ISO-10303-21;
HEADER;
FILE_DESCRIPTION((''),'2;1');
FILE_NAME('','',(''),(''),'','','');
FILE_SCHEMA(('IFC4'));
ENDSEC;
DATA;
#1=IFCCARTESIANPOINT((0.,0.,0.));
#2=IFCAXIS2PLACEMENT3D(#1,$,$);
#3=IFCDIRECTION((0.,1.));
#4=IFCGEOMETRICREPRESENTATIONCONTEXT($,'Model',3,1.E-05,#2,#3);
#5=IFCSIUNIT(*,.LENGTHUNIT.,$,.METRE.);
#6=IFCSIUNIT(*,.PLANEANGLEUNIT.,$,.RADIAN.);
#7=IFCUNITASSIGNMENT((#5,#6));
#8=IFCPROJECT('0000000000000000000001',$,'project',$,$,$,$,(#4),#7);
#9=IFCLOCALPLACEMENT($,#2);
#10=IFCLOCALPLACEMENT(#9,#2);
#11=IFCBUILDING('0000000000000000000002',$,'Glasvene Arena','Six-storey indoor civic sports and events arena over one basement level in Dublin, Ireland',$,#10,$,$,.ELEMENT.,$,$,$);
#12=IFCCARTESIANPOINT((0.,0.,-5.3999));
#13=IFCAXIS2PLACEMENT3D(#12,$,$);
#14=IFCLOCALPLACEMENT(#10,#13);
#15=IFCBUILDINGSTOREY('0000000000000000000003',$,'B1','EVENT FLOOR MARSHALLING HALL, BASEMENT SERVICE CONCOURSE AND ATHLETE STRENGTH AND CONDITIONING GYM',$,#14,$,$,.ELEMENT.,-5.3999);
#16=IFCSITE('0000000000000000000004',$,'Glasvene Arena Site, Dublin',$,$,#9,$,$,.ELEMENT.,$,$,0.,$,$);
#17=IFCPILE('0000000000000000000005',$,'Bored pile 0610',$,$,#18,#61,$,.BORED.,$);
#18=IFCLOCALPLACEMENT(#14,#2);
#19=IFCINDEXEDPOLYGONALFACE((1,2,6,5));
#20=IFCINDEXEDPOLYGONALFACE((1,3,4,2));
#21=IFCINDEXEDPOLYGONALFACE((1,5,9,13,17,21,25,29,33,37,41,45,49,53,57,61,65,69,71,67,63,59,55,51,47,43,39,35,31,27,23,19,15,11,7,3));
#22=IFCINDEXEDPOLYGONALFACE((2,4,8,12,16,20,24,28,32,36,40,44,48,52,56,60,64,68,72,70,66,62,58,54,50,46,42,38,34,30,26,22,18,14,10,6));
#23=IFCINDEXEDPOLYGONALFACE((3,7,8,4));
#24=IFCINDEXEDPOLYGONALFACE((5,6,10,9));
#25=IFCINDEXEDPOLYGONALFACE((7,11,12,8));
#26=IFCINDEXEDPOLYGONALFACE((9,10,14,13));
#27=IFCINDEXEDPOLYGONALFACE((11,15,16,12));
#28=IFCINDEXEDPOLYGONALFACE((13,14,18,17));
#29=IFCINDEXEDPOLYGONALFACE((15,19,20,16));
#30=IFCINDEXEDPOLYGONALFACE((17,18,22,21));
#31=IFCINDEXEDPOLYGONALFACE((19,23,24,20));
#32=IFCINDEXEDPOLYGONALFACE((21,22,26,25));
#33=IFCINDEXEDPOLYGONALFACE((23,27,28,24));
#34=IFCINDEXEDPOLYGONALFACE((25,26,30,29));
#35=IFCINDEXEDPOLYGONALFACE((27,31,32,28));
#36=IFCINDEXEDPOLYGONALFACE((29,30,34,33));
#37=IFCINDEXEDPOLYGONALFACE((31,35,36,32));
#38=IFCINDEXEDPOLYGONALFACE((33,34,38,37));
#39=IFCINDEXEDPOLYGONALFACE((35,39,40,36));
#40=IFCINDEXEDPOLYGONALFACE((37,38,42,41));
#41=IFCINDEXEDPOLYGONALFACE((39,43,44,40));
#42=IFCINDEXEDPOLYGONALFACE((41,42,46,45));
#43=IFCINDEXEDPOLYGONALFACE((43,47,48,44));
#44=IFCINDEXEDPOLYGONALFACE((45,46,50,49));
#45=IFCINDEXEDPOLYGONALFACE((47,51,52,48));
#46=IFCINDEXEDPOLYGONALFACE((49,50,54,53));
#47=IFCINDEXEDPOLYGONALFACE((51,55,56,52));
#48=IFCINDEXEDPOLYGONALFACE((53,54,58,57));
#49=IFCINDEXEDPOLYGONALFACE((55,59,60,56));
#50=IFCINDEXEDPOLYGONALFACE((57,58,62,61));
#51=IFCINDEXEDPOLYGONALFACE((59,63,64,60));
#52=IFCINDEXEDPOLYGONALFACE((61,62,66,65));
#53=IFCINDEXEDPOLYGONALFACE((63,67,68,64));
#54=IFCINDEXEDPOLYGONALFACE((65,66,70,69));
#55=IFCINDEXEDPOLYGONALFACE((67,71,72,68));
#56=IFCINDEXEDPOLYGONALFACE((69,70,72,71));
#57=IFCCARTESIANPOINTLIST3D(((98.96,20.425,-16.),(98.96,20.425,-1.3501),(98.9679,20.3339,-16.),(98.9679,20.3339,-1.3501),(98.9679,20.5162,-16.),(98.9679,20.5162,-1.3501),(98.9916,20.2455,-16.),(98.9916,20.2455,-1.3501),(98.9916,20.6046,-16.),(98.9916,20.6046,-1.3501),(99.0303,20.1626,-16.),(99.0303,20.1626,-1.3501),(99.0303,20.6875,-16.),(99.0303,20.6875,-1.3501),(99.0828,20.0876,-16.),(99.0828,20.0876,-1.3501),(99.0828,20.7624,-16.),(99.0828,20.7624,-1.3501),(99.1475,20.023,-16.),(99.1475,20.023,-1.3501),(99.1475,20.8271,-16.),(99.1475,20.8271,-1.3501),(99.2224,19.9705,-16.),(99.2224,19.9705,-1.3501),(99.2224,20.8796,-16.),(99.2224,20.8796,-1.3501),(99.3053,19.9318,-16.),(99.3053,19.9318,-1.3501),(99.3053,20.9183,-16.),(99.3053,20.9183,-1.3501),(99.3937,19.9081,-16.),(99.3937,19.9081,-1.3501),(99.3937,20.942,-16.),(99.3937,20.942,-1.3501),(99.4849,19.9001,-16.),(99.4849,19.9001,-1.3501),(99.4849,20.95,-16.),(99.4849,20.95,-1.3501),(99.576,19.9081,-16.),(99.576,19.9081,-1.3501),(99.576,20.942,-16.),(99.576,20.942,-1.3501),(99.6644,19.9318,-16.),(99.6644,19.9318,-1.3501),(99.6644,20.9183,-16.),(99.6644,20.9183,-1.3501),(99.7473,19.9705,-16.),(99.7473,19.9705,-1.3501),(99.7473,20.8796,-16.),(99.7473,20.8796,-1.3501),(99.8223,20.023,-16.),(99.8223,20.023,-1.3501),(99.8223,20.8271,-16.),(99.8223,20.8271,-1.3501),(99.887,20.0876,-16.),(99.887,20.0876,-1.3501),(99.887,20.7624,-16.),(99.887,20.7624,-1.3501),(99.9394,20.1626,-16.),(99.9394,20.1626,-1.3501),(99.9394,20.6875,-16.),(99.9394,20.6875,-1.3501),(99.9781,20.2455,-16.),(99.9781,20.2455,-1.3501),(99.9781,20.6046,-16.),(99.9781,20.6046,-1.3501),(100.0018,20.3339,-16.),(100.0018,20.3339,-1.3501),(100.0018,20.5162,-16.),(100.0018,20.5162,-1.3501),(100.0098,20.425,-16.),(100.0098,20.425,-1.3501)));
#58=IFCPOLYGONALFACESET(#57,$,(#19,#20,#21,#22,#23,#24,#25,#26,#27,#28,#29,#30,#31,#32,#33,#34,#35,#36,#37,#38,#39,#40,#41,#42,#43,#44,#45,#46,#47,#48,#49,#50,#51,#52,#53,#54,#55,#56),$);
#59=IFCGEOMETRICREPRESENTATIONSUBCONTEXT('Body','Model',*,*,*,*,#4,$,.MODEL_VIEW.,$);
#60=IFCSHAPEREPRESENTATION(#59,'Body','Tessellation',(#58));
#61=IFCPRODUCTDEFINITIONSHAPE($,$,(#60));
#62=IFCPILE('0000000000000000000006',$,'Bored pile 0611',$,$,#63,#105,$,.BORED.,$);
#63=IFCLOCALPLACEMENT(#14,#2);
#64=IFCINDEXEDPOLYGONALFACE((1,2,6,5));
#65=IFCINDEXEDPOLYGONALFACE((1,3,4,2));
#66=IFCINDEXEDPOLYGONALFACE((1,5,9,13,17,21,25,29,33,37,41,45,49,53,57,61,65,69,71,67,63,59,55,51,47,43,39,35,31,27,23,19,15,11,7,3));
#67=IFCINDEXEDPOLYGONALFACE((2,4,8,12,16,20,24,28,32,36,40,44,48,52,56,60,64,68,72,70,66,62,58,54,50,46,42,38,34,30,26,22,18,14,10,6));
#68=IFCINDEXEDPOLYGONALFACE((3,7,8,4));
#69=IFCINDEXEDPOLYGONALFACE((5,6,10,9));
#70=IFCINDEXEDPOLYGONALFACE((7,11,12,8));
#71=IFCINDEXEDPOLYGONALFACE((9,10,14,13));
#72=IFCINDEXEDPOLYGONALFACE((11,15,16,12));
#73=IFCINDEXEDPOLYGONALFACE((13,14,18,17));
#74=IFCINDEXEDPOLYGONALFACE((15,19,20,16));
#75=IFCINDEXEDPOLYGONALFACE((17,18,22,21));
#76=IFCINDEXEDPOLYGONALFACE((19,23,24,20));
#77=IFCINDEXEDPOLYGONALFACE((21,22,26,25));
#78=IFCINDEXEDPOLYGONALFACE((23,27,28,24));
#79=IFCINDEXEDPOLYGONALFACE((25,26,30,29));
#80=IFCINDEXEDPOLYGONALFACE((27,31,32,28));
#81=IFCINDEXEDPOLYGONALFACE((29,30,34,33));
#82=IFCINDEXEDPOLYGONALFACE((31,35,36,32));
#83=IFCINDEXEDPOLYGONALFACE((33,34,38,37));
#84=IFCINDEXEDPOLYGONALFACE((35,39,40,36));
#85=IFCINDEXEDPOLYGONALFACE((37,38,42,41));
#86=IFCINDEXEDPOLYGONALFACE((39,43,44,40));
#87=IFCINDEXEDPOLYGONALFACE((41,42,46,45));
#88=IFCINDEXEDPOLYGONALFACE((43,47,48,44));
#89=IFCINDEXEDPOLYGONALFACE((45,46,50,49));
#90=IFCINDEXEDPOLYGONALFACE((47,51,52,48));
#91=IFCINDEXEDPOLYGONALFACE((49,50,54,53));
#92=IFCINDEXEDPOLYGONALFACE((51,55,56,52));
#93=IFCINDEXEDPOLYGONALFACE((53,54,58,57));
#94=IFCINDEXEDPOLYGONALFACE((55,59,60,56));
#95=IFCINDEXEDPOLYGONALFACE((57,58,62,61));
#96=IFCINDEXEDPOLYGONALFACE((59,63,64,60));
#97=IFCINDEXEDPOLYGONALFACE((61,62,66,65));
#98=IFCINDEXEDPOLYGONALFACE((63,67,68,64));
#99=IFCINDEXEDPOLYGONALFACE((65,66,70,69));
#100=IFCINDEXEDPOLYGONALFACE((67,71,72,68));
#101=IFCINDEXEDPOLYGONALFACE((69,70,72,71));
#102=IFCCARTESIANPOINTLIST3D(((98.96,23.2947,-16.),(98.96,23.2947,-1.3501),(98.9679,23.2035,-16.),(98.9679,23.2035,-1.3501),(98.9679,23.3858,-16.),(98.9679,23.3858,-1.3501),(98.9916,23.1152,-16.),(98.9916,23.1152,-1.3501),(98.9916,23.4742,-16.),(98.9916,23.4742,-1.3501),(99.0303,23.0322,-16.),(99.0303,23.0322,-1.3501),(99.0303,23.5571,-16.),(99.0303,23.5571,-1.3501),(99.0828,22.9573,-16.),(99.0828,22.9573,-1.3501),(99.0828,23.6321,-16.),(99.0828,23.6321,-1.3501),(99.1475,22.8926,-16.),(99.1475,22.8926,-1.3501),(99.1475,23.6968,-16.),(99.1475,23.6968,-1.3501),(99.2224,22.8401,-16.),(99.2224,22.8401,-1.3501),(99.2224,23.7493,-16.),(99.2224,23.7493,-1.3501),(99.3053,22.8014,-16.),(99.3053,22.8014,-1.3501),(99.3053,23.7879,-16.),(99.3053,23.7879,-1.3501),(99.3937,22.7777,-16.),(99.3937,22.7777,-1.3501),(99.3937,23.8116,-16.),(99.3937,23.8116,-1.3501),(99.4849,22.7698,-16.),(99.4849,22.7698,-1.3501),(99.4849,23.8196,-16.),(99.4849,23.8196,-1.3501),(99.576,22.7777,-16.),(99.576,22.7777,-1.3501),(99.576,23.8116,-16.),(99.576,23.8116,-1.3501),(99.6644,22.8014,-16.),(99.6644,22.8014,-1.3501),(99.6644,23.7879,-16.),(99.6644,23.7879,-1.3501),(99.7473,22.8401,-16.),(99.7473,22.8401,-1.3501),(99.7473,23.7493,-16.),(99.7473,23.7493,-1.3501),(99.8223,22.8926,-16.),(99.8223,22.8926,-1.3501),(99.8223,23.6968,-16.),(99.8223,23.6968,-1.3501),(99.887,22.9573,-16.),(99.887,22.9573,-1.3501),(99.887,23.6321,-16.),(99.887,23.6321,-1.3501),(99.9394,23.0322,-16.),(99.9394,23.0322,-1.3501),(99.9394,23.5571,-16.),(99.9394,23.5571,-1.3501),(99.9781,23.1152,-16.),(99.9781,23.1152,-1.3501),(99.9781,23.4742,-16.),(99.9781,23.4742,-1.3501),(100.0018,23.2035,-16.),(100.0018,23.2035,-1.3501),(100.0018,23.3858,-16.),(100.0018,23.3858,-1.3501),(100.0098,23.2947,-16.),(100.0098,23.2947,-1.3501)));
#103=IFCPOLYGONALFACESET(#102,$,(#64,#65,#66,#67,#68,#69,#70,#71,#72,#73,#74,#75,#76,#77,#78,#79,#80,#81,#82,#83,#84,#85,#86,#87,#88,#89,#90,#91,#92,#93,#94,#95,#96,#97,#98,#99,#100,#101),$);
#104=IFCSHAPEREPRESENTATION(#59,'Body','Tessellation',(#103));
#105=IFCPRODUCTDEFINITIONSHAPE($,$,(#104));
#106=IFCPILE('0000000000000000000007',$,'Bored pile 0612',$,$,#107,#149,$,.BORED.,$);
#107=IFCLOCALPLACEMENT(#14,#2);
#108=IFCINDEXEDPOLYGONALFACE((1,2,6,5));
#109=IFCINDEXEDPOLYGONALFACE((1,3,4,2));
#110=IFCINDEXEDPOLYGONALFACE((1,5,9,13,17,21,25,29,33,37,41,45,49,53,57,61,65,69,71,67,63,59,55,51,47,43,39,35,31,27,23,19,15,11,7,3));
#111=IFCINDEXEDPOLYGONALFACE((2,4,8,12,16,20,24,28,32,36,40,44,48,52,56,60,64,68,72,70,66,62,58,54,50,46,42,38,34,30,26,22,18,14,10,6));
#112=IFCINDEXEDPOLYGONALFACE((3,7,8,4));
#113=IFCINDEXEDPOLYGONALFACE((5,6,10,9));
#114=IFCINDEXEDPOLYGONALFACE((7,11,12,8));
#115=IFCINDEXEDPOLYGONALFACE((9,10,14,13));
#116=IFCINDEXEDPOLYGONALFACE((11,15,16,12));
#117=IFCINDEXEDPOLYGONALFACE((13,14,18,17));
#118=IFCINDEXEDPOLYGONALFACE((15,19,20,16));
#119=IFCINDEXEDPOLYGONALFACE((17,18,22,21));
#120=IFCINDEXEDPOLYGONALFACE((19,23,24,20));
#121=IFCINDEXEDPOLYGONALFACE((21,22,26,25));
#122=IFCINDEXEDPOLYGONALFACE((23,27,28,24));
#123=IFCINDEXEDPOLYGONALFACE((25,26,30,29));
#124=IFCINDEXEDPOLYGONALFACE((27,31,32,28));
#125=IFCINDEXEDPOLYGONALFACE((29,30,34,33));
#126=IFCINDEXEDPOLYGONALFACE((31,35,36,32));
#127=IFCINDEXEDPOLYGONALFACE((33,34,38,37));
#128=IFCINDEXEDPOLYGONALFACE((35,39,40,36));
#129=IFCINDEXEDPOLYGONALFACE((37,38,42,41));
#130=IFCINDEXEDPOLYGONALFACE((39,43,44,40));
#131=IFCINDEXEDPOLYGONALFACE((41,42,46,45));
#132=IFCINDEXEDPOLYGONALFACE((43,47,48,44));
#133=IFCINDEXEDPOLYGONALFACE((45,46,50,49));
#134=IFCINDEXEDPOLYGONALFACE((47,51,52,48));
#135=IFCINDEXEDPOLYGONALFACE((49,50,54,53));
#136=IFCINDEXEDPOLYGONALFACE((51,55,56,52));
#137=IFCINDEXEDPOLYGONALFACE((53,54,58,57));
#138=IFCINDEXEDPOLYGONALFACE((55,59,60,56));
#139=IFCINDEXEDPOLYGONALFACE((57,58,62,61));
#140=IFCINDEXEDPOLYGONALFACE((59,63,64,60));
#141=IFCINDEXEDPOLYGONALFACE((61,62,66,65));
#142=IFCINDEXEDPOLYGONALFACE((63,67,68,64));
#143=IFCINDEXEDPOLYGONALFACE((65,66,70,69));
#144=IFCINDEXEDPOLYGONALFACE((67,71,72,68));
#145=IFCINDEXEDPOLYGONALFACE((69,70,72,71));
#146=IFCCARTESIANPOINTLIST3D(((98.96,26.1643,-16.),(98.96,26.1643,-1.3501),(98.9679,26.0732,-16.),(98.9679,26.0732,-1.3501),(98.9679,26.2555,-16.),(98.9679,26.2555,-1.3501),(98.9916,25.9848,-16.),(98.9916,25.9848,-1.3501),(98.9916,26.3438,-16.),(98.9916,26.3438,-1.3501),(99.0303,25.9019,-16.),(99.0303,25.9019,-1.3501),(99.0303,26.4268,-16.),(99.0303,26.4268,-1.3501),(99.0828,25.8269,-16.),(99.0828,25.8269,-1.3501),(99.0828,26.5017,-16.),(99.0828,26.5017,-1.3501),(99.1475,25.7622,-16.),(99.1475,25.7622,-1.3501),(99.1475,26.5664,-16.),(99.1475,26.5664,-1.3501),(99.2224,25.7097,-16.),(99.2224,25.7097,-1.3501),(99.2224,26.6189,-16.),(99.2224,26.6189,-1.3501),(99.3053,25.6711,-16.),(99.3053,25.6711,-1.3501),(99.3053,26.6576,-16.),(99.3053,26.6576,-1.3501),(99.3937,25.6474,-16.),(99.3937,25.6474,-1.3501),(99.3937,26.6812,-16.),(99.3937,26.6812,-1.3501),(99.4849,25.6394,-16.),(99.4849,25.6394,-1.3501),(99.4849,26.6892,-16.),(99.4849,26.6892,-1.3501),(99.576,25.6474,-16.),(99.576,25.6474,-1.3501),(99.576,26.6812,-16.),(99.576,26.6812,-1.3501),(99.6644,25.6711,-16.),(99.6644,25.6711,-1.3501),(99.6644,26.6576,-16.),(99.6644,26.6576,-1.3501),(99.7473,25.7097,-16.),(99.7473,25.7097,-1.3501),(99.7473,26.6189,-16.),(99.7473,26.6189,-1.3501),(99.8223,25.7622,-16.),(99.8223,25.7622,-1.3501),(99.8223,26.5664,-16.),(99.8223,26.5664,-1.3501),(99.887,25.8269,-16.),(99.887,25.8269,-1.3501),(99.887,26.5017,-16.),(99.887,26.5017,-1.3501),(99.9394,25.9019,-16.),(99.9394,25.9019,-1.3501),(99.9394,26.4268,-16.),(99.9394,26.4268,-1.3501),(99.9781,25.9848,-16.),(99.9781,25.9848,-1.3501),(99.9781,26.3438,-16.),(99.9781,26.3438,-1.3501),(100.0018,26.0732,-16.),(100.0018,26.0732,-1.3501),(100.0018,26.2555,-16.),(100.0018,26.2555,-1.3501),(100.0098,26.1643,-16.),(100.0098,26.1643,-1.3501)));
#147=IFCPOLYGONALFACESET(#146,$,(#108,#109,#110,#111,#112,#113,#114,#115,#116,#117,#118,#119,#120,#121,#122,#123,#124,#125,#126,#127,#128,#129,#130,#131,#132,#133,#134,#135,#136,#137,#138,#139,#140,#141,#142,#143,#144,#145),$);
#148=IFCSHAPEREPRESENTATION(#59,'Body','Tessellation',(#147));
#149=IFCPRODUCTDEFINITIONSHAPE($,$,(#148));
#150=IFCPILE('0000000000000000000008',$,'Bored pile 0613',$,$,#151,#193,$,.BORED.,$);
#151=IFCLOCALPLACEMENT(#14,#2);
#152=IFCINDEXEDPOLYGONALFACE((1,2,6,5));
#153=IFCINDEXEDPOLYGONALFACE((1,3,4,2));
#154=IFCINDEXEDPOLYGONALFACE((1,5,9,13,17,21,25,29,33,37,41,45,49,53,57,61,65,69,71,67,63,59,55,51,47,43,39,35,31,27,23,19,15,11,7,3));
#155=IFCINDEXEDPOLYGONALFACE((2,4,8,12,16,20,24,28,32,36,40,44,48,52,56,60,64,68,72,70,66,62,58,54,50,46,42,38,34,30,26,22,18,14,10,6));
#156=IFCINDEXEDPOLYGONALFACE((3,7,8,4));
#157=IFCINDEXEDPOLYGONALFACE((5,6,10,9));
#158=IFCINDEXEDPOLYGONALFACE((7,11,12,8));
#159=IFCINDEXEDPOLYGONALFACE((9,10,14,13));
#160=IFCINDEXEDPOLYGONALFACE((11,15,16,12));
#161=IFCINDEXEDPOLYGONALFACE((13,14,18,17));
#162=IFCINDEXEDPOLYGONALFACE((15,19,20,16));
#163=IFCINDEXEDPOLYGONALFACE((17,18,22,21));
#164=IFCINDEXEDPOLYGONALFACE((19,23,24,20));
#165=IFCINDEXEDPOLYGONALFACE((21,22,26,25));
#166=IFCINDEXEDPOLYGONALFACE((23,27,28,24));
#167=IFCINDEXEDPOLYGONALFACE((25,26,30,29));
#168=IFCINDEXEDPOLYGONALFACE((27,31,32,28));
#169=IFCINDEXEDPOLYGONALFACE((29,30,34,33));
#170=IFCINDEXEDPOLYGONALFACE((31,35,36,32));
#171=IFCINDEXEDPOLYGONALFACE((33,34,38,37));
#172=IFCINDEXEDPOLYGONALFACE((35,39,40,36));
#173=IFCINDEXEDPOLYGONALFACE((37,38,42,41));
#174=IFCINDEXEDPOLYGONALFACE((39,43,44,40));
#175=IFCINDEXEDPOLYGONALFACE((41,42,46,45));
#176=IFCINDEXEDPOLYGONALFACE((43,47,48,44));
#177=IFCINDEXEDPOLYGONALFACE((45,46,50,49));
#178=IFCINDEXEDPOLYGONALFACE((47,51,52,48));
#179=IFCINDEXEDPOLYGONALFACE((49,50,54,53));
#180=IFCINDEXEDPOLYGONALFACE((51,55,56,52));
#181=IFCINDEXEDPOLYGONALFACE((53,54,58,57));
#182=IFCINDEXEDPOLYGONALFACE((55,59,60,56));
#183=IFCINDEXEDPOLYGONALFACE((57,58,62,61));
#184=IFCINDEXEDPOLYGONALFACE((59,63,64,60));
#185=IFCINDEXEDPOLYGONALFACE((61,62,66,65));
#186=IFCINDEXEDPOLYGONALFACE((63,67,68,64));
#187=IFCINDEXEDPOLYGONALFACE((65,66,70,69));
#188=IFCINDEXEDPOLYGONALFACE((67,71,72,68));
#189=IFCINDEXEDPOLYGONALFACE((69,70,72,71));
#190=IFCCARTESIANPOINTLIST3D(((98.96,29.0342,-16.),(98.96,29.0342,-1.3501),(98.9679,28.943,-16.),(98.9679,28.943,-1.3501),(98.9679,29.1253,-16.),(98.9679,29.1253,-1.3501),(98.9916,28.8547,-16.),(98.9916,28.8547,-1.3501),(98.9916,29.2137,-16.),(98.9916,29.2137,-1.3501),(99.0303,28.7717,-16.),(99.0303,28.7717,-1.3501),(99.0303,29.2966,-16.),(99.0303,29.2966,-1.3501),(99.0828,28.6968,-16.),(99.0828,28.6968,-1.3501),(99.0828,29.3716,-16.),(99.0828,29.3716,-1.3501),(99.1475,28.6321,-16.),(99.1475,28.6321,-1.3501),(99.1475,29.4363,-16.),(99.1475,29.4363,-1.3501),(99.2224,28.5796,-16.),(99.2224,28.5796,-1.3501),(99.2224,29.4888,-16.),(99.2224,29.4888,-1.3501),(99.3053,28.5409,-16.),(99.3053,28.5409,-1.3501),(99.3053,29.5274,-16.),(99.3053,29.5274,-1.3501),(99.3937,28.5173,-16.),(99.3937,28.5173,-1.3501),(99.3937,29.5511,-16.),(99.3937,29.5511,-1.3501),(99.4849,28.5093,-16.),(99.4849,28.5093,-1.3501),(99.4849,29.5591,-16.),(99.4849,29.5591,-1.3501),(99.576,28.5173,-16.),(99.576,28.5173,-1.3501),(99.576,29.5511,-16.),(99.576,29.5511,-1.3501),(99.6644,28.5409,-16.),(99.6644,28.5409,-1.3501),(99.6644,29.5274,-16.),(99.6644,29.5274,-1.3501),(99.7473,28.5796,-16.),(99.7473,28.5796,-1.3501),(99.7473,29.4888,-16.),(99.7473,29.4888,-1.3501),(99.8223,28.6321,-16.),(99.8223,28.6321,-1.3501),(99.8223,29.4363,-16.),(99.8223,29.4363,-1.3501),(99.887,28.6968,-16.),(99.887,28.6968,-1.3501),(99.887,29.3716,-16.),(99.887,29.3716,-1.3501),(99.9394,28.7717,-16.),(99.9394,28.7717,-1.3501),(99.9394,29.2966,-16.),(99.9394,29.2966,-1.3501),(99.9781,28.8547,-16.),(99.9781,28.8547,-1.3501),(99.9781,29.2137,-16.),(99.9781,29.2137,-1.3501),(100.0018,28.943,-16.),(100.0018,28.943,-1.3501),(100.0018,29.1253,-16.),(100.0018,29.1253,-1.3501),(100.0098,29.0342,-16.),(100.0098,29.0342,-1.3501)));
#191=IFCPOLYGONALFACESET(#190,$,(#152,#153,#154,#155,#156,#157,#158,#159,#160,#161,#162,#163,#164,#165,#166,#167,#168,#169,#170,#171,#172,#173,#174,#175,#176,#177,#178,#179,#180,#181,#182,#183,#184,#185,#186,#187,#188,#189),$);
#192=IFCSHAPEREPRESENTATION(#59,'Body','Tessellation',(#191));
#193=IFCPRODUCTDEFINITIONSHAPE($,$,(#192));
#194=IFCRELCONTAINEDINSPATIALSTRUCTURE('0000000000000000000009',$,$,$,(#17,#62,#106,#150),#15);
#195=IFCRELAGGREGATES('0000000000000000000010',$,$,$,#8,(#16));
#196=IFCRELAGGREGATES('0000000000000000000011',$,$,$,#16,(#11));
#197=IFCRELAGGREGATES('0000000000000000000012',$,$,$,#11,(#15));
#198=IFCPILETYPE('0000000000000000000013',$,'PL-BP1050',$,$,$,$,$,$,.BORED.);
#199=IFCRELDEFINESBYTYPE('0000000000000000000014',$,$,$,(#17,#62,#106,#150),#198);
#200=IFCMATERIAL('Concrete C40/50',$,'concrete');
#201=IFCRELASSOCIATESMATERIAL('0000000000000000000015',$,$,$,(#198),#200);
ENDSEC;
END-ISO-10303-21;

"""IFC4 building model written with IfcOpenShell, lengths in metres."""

from ifc_helpers import new_model, si_unit, direction, frame, origin, origin_2d, place, context, subcontext, project, spatial, circle, extrude, material, material_profile, profile_set, type_object, element, save


model = new_model("IFC4")

# Units and contexts
model_context = context("Model", 3, precision=1e-05, world=origin(), true_north=direction((0.0, 1.0)))
body_context = subcontext(model_context, "Body", "Model", "MODEL_VIEW")
ifc_project = project(units=[si_unit("LENGTHUNIT", "METRE"), si_unit("PLANEANGLEUNIT", "RADIAN")], contexts=[model_context])

# Site, building, storey
site_placement = place(None, origin())
site = spatial("IfcSite", under=ifc_project, at=site_placement, Name="Glasvene Arena Site, Dublin", CompositionType="ELEMENT", RefElevation=0.0)
building_placement = place(site_placement, origin())
building = spatial("IfcBuilding", under=site, at=building_placement, Name="Glasvene Arena", Description="Six-storey indoor civic sports and events arena over one basement level in Dublin, Ireland", CompositionType="ELEMENT")
storey_placement = place(building_placement, frame((0.0, 0.0, -5.3999)))
storey = spatial("IfcBuildingStorey", under=building, at=storey_placement, Name="B1", Description="EVENT FLOOR MARSHALLING HALL, BASEMENT SERVICE CONCOURSE AND ATHLETE STRENGTH AND CONDITIONING GYM", CompositionType="ELEMENT", Elevation=-5.3999)

# Piles
ifc_material_1 = material(Name="Concrete C40/50", Category="concrete")
ifc_material_profile_1 = material_profile(ifc_material_1, circle(Radius=0.5249, at=origin_2d()), Name="BORED PILE 1050")
ifc_profile_set_1 = profile_set([ifc_material_profile_1], Name="Concrete C40/50")
pile_type = type_object("IfcPileType", Name="PL-BP1050", PredefinedType="BORED", material=ifc_profile_set_1)
for number, where, z_axis, x_axis, name in (
    (1, (99.4849, 20.425, -1.3501), (0.0, 0.0, -1.0), (1.0, 0.0, 0.0), "Bored pile 0610"),
    (2, (99.4849, 23.2947, -1.3501), (0.0, 0.0, -1.0), (1.0, 0.0, 0.0), "Bored pile 0611"),
    (3, (99.4849, 26.1643, -1.3501), (0.0, 0.0, -1.0), (1.0, 0.0, 0.0), "Bored pile 0612"),
    (4, (99.4849, 29.0342, -1.3501), (0.0, 0.0, -1.0), (1.0, 0.0, 0.0), "Bored pile 0613"),
):
    element("IfcPile", number, at=place(storey_placement, frame(where, z_axis=z_axis, x_axis=x_axis)), inside=storey, type_object=pile_type, Name=name, PredefinedType="BORED", context=body_context, shape_type="SweptSolid", body=[
        extrude(circle(Radius=0.5249, at=origin_2d()), origin(), (0.0, 0.0, 1.0), 14.6499),
    ])

save(model, "model.ifc")
